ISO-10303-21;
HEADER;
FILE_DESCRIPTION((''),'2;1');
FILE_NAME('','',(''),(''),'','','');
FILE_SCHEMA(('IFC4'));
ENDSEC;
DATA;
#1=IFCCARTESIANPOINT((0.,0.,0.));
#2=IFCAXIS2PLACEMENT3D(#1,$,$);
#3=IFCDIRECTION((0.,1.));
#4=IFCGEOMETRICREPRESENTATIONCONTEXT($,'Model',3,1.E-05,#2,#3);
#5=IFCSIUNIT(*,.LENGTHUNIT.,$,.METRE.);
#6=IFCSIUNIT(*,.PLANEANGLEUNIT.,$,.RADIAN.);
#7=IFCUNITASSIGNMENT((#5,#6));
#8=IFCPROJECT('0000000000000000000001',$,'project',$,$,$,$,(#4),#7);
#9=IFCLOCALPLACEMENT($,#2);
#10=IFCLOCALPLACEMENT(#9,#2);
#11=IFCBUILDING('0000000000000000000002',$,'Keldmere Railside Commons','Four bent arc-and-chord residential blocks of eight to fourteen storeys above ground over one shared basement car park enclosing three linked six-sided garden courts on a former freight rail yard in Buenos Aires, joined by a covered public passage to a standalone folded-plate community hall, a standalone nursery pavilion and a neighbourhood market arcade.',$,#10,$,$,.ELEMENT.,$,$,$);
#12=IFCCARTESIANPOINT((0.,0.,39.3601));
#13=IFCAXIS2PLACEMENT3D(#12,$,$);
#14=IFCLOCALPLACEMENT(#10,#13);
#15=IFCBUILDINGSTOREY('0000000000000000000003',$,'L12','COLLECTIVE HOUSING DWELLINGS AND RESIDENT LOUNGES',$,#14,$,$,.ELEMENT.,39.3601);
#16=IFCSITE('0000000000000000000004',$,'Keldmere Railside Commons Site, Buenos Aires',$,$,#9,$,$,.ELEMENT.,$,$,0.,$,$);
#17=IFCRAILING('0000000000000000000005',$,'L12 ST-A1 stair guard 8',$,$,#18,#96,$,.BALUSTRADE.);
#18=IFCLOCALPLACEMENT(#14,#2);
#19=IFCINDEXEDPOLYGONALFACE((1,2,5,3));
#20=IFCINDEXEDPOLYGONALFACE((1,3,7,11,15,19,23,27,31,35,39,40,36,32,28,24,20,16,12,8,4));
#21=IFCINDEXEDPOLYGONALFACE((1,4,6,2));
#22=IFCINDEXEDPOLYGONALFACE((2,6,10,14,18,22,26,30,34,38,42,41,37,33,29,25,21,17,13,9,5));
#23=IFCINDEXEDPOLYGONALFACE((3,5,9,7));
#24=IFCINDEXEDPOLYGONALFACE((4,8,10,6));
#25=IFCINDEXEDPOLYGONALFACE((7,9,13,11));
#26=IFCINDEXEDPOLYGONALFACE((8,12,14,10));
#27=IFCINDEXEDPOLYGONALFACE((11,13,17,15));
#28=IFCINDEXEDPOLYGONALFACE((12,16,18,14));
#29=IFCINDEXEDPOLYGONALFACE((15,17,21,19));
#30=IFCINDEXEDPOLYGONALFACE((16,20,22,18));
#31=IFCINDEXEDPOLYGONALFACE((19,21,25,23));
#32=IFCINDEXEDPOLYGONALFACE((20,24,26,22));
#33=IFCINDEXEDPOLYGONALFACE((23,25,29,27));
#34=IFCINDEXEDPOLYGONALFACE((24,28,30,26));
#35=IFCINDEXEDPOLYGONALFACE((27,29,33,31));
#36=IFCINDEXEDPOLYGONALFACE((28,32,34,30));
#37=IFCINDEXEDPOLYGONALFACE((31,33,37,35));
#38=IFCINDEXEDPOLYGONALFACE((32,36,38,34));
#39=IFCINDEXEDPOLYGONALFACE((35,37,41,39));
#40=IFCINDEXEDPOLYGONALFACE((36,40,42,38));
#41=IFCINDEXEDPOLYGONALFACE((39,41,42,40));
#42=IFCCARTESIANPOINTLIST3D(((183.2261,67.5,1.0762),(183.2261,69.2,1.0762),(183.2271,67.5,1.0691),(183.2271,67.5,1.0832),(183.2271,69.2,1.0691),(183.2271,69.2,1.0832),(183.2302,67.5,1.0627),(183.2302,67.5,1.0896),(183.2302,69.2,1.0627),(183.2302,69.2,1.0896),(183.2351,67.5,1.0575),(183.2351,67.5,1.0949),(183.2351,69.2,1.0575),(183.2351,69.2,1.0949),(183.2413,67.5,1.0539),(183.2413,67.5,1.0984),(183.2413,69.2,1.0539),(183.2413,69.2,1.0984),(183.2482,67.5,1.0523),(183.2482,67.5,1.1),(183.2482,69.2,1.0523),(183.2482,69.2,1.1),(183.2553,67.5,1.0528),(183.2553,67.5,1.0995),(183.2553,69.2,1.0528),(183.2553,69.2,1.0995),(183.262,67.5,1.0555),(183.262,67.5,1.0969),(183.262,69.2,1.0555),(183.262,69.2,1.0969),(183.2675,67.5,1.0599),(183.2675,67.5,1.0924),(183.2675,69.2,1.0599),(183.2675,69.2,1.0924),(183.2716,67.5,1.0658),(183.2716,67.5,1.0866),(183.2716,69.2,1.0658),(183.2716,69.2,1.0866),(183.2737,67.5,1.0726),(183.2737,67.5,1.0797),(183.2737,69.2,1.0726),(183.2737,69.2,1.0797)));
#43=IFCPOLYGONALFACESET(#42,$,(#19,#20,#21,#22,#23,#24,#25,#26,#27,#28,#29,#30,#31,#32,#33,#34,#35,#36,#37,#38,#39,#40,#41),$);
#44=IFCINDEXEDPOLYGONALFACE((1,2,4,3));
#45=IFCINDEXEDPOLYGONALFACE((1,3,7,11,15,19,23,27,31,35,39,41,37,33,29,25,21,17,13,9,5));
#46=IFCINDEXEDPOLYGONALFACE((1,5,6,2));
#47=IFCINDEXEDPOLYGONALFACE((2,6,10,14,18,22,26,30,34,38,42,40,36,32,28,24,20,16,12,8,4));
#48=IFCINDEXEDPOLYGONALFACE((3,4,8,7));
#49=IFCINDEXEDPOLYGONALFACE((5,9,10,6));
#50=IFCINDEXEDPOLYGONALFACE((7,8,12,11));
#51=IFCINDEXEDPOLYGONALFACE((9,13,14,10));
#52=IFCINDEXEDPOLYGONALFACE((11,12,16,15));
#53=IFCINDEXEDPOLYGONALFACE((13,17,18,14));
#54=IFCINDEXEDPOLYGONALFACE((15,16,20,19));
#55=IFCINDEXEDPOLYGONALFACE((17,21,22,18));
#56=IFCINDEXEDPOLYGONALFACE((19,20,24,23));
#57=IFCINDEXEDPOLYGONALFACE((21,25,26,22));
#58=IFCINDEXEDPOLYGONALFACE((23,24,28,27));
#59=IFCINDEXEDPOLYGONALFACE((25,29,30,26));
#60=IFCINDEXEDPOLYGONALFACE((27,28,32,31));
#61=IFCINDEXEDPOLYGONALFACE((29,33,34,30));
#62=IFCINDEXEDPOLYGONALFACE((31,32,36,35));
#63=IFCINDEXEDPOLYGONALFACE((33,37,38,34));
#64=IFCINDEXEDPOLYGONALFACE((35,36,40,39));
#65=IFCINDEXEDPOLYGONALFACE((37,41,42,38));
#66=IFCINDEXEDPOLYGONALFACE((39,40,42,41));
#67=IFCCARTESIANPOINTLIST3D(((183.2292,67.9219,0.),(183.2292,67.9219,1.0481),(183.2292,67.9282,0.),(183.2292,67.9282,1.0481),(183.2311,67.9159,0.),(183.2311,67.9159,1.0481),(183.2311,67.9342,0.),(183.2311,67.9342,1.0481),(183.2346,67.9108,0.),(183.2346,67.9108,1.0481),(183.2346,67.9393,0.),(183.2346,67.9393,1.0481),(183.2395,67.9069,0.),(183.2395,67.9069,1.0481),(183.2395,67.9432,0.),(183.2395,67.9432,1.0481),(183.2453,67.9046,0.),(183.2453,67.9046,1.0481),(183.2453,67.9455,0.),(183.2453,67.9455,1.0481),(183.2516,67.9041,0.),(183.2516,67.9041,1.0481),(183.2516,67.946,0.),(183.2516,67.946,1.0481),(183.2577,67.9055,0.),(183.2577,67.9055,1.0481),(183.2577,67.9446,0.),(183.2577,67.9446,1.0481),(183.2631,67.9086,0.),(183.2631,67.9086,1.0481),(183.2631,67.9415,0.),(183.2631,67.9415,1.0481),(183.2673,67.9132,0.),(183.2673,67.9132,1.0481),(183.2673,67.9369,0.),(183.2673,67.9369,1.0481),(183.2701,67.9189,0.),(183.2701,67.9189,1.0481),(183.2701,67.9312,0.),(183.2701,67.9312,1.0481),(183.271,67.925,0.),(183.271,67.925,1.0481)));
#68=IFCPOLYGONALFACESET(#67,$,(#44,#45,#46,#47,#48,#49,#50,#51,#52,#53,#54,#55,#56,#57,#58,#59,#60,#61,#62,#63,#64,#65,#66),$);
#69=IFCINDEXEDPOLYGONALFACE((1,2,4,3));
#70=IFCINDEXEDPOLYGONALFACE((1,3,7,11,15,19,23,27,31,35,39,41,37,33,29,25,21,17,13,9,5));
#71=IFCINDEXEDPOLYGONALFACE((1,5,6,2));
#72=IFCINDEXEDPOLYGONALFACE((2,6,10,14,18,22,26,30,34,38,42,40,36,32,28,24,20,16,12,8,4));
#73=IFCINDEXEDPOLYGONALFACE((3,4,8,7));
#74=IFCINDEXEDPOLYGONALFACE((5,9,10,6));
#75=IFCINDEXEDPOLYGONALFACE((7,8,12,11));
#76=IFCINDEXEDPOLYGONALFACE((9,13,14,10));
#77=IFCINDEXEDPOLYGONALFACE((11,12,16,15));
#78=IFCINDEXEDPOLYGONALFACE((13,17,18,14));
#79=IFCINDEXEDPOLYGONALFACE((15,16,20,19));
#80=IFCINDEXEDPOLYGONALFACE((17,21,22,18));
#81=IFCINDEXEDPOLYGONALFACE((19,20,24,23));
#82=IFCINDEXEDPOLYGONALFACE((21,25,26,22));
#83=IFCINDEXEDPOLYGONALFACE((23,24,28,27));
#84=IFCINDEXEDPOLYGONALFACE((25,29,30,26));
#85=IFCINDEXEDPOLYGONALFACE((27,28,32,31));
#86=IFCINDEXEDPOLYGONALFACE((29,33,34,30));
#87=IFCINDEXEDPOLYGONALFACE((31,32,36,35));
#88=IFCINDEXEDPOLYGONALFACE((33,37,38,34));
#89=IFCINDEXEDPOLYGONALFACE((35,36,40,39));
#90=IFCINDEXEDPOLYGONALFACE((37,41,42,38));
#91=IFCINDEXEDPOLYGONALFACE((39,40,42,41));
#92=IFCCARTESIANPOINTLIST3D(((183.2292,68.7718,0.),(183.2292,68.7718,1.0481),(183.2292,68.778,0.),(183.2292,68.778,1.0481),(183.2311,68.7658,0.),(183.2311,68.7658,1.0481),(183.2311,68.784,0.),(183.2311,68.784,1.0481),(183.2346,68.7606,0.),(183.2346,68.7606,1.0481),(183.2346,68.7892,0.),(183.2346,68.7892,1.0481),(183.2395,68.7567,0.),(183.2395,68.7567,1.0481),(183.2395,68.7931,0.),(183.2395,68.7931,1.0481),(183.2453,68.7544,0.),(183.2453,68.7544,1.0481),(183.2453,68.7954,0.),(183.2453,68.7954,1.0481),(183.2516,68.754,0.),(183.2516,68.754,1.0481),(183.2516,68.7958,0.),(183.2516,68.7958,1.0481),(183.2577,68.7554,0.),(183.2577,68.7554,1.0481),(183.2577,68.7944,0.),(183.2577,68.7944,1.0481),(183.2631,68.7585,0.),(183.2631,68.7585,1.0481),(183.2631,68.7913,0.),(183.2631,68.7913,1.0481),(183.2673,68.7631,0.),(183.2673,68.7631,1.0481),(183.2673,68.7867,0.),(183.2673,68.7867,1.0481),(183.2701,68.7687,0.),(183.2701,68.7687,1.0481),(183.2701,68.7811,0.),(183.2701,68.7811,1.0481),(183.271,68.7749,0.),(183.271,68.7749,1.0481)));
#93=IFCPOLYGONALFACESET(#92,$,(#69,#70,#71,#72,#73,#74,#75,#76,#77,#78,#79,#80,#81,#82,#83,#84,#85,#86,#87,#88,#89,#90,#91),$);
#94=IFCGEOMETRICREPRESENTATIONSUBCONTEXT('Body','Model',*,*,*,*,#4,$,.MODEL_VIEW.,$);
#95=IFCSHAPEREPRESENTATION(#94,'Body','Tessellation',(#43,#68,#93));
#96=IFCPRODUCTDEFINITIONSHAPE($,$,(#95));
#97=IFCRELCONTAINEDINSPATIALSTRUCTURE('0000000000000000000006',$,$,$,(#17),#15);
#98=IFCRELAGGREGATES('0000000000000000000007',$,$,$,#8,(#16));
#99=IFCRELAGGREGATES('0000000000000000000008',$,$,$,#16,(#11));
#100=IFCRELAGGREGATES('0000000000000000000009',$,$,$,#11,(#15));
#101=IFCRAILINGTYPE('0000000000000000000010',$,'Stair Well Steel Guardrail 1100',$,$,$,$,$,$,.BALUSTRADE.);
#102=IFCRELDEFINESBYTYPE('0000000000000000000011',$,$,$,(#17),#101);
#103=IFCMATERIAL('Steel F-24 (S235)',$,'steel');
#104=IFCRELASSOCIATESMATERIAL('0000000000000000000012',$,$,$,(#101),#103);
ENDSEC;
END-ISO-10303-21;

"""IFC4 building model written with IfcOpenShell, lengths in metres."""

from ifc_helpers import new_model, si_unit, direction, frame, origin, origin_2d, place, context, subcontext, project, spatial, circle, extrude, material, type_object, element, save


model = new_model("IFC4")

# Units and contexts
model_context = context("Model", 3, precision=1e-05, world=origin(), true_north=direction((0.0, 1.0)))
body_context = subcontext(model_context, "Body", "Model", "MODEL_VIEW")
ifc_project = project(units=[si_unit("LENGTHUNIT", "METRE"), si_unit("PLANEANGLEUNIT", "RADIAN")], contexts=[model_context])

# Site, building, storey
site_placement = place(None, origin())
site = spatial("IfcSite", under=ifc_project, at=site_placement, Name="Keldmere Railside Commons Site, Buenos Aires", CompositionType="ELEMENT", RefElevation=0.0)
building_placement = place(site_placement, origin())
building = spatial("IfcBuilding", under=site, at=building_placement, Name="Keldmere Railside Commons", Description="Four bent arc-and-chord residential blocks of eight to fourteen storeys above ground over one shared basement car park enclosing three linked six-sided garden courts on a former freight rail yard in Buenos Aires, joined by a covered public passage to a standalone folded-plate community hall, a standalone nursery pavilion and a neighbourhood market arcade.", CompositionType="ELEMENT")
storey_placement = place(building_placement, frame((0.0, 0.0, 39.3601)))
storey = spatial("IfcBuildingStorey", under=building, at=storey_placement, Name="L12", Description="COLLECTIVE HOUSING DWELLINGS AND RESIDENT LOUNGES", CompositionType="ELEMENT", Elevation=39.3601)

# Railing
ifc_material_1 = material(Name="Steel F-24 (S235)", Category="steel")
railing_type_1 = type_object("IfcRailingType", Name="Stair Well Steel Guardrail 1100", PredefinedType="BALUSTRADE", material=ifc_material_1)
railing_1_placement = place(storey_placement, frame((183.25, 67.5, 0.0)))
element("IfcRailing", 1, at=railing_1_placement, inside=storey, type_object=railing_type_1, Name="L12 ST-A1 stair guard 8", PredefinedType="BALUSTRADE", context=body_context, shape_type="SweptSolid", body=[
    extrude(circle(Radius=0.0239, at=origin_2d()), frame((0.0, 0.0, 1.0762), z_axis=(0.0, 1.0, 0.0), x_axis=(-1.0, 0.0, 0.0)), (0.0, 0.0, 1.0), 1.7),
    extrude(circle(Radius=0.021, at=origin_2d()), frame((0.0, 0.425, 0.0)), (0.0, 0.0, 1.0), 1.0481),
    extrude(circle(Radius=0.021, at=origin_2d()), frame((0.0, 1.2749, 0.0)), (0.0, 0.0, 1.0), 1.0481),
])

save(model, "model.ifc")
